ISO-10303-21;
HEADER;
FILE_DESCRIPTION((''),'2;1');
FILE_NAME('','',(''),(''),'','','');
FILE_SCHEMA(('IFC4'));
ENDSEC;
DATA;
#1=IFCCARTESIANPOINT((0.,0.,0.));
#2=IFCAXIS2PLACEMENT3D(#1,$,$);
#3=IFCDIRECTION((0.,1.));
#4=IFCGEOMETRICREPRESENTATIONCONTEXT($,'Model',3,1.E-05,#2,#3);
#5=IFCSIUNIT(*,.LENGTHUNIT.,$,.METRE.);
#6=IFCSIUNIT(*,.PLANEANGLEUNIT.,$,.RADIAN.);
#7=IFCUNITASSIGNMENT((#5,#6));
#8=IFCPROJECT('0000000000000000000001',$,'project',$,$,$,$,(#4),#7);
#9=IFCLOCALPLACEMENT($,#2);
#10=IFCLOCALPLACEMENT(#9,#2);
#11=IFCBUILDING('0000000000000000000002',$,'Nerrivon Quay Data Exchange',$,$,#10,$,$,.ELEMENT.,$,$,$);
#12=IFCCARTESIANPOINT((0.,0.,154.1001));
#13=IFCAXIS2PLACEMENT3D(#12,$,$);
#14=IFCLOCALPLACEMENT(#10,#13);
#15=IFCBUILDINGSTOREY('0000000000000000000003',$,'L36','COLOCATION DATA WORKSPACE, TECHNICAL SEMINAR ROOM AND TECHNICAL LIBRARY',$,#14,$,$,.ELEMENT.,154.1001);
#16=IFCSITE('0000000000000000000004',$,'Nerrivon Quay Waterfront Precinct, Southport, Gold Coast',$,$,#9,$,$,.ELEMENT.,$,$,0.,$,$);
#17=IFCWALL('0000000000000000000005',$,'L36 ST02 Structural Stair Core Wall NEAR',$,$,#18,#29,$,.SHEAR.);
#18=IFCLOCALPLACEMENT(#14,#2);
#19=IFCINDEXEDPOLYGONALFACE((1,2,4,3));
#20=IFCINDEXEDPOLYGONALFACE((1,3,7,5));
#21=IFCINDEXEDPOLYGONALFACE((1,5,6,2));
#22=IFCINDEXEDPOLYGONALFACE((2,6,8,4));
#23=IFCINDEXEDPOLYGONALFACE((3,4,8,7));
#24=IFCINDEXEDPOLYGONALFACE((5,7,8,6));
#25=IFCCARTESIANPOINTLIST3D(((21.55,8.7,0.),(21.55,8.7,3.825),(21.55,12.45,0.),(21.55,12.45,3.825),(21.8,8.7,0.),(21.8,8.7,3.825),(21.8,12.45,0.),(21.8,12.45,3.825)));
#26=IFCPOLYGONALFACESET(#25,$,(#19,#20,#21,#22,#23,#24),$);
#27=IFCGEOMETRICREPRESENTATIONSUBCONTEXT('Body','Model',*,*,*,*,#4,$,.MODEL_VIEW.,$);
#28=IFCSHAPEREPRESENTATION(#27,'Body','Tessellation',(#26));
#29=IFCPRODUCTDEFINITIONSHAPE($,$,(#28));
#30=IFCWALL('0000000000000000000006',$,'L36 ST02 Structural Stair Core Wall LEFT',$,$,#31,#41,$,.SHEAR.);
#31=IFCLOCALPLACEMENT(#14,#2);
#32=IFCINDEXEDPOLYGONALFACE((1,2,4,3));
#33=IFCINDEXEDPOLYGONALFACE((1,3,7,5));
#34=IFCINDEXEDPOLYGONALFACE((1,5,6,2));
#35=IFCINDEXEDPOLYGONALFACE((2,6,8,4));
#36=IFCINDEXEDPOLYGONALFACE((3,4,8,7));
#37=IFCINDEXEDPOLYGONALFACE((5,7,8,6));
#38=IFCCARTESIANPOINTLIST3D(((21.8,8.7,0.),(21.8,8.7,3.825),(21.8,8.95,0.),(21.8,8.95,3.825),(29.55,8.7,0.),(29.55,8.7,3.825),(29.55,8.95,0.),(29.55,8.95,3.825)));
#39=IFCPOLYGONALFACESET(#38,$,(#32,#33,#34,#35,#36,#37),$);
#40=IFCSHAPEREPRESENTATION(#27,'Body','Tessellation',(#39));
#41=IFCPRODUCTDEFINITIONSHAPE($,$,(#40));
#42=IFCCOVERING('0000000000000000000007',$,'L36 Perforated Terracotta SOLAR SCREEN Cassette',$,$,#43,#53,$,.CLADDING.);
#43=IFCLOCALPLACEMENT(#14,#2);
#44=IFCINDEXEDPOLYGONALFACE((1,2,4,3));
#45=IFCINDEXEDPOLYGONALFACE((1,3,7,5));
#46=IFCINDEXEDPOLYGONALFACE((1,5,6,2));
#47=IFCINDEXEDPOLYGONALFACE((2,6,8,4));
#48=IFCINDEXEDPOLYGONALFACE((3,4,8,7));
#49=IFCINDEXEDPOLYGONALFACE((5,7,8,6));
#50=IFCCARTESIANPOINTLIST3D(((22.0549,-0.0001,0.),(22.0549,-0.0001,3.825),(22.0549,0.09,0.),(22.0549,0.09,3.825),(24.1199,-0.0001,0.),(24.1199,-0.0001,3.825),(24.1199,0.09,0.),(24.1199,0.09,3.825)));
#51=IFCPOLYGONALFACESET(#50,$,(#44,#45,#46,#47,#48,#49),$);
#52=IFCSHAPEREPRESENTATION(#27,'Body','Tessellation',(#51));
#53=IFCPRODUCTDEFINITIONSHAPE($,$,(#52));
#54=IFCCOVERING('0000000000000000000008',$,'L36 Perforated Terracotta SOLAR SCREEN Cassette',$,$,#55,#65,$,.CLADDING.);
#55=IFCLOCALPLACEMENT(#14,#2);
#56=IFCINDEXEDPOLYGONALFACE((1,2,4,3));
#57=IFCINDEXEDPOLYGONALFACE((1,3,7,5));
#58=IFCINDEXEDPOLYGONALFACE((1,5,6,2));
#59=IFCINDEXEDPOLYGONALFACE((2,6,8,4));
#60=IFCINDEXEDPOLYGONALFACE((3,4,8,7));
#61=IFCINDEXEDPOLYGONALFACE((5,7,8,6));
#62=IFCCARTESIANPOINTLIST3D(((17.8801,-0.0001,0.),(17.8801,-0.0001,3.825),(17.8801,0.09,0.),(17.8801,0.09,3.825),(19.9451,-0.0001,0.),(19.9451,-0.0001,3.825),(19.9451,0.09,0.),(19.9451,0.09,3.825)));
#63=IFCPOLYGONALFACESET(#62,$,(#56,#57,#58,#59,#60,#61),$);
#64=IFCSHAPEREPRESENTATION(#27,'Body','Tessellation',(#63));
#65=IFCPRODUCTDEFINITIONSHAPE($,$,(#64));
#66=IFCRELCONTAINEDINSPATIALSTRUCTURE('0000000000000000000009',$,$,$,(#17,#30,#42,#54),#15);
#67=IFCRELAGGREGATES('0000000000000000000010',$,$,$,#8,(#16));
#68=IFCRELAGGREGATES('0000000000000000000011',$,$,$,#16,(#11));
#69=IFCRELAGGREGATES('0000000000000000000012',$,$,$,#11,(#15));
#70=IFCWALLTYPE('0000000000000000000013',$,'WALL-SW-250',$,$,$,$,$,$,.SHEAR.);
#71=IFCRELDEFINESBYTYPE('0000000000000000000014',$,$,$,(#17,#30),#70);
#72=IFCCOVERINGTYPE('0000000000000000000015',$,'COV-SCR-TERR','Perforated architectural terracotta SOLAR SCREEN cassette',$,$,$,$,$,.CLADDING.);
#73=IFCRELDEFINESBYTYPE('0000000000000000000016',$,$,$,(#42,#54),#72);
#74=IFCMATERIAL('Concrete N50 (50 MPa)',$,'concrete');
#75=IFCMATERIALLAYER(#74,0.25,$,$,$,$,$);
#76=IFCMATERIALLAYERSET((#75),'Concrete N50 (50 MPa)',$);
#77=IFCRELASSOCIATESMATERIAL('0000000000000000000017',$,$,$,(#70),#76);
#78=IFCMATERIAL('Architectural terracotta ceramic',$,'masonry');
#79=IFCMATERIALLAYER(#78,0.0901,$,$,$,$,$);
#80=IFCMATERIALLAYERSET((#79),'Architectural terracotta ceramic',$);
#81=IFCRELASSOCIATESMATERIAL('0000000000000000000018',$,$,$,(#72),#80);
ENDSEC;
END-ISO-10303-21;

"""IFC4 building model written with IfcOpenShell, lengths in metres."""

from ifc_helpers import new_model, si_unit, direction, frame, frame_2d, origin, origin_2d, place, context, subcontext, project, spatial, rectangle, extrude, material, layer, layer_set, type_object, element, save


model = new_model("IFC4")

# Units and contexts
model_context = context("Model", 3, precision=1e-05, world=origin(), true_north=direction((0.0, 1.0)))
body_context = subcontext(model_context, "Body", "Model", "MODEL_VIEW")
ifc_project = project(units=[si_unit("LENGTHUNIT", "METRE"), si_unit("PLANEANGLEUNIT", "RADIAN")], contexts=[model_context])

# Site, building, storey
site_placement = place(None, origin())
site = spatial("IfcSite", under=ifc_project, at=site_placement, Name="Nerrivon Quay Waterfront Precinct, Southport, Gold Coast", CompositionType="ELEMENT", RefElevation=0.0)
building_placement = place(site_placement, origin())
building = spatial("IfcBuilding", under=site, at=building_placement, Name="Nerrivon Quay Data Exchange", CompositionType="ELEMENT")
storey_placement = place(building_placement, frame((0.0, 0.0, 154.1001)))
storey = spatial("IfcBuildingStorey", under=building, at=storey_placement, Name="L36", Description="COLOCATION DATA WORKSPACE, TECHNICAL SEMINAR ROOM AND TECHNICAL LIBRARY", CompositionType="ELEMENT", Elevation=154.1001)

# Shared definitions
ifc_material_1 = material(Name="Concrete N50 (50 MPa)", Category="concrete")

# Walls
ifc_layer_1 = layer(ifc_material_1, 0.25)
ifc_layer_set_1 = layer_set([ifc_layer_1], Name="Concrete N50 (50 MPa)")
wall_type_1 = type_object("IfcWallType", Name="WALL-SW-250", PredefinedType="SHEAR", material=ifc_layer_set_1)
wall_1_placement = place(storey_placement, frame((21.675, 8.7, 0.0), z_axis=(0.0, 0.0, 1.0), x_axis=(0.0, 1.0, 0.0)))
element("IfcWall", 1, at=wall_1_placement, inside=storey, type_object=wall_type_1, Name="L36 ST02 Structural Stair Core Wall NEAR", PredefinedType="SHEAR", context=body_context, shape_type="SweptSolid", body=[
    extrude(rectangle(XDim=3.75, YDim=0.25, at=frame_2d((1.875, 0.0))), origin(), (0.0, 0.0, 1.0), 3.825),
])
wall_2_placement = place(storey_placement, frame((21.8, 8.825, 0.0), z_axis=(0.0, 0.0, 1.0), x_axis=(1.0, 0.0, 0.0)))
element("IfcWall", 2, at=wall_2_placement, inside=storey, type_object=wall_type_1, Name="L36 ST02 Structural Stair Core Wall LEFT", PredefinedType="SHEAR", context=body_context, shape_type="SweptSolid", body=[
    extrude(rectangle(XDim=7.75, YDim=0.25, at=frame_2d((3.875, 0.0))), origin(), (0.0, 0.0, 1.0), 3.825),
])

# Coverings
ifc_material_2 = material(Name="Architectural terracotta ceramic", Category="masonry")
ifc_layer_2 = layer(ifc_material_2, 0.0901)
ifc_layer_set_2 = layer_set([ifc_layer_2], Name="Architectural terracotta ceramic")
covering_type = type_object("IfcCoveringType", Name="COV-SCR-TERR", Description="Perforated architectural terracotta SOLAR SCREEN cassette", PredefinedType="CLADDING", material=ifc_layer_set_2)
for number, where, z_axis, x_axis, name in (
    (3, (23.0874, 0.0449, 0.0), (0.0, 0.0, 1.0), (-1.0, 0.0, 0.0), "L36 Perforated Terracotta SOLAR SCREEN Cassette"),
    (4, (18.9126, 0.0449, 0.0), (0.0, 0.0, 1.0), (-1.0, 0.0, 0.0), "L36 Perforated Terracotta SOLAR SCREEN Cassette"),
):
    element("IfcCovering", number, at=place(storey_placement, frame(where, z_axis=z_axis, x_axis=x_axis)), inside=storey, type_object=covering_type, Name=name, PredefinedType="CLADDING", context=body_context, shape_type="SweptSolid", body=[
        extrude(rectangle(XDim=2.0649, YDim=0.0901, at=origin_2d()), origin(), (0.0, 0.0, 1.0), 3.825),
    ])

save(model, "model.ifc")
